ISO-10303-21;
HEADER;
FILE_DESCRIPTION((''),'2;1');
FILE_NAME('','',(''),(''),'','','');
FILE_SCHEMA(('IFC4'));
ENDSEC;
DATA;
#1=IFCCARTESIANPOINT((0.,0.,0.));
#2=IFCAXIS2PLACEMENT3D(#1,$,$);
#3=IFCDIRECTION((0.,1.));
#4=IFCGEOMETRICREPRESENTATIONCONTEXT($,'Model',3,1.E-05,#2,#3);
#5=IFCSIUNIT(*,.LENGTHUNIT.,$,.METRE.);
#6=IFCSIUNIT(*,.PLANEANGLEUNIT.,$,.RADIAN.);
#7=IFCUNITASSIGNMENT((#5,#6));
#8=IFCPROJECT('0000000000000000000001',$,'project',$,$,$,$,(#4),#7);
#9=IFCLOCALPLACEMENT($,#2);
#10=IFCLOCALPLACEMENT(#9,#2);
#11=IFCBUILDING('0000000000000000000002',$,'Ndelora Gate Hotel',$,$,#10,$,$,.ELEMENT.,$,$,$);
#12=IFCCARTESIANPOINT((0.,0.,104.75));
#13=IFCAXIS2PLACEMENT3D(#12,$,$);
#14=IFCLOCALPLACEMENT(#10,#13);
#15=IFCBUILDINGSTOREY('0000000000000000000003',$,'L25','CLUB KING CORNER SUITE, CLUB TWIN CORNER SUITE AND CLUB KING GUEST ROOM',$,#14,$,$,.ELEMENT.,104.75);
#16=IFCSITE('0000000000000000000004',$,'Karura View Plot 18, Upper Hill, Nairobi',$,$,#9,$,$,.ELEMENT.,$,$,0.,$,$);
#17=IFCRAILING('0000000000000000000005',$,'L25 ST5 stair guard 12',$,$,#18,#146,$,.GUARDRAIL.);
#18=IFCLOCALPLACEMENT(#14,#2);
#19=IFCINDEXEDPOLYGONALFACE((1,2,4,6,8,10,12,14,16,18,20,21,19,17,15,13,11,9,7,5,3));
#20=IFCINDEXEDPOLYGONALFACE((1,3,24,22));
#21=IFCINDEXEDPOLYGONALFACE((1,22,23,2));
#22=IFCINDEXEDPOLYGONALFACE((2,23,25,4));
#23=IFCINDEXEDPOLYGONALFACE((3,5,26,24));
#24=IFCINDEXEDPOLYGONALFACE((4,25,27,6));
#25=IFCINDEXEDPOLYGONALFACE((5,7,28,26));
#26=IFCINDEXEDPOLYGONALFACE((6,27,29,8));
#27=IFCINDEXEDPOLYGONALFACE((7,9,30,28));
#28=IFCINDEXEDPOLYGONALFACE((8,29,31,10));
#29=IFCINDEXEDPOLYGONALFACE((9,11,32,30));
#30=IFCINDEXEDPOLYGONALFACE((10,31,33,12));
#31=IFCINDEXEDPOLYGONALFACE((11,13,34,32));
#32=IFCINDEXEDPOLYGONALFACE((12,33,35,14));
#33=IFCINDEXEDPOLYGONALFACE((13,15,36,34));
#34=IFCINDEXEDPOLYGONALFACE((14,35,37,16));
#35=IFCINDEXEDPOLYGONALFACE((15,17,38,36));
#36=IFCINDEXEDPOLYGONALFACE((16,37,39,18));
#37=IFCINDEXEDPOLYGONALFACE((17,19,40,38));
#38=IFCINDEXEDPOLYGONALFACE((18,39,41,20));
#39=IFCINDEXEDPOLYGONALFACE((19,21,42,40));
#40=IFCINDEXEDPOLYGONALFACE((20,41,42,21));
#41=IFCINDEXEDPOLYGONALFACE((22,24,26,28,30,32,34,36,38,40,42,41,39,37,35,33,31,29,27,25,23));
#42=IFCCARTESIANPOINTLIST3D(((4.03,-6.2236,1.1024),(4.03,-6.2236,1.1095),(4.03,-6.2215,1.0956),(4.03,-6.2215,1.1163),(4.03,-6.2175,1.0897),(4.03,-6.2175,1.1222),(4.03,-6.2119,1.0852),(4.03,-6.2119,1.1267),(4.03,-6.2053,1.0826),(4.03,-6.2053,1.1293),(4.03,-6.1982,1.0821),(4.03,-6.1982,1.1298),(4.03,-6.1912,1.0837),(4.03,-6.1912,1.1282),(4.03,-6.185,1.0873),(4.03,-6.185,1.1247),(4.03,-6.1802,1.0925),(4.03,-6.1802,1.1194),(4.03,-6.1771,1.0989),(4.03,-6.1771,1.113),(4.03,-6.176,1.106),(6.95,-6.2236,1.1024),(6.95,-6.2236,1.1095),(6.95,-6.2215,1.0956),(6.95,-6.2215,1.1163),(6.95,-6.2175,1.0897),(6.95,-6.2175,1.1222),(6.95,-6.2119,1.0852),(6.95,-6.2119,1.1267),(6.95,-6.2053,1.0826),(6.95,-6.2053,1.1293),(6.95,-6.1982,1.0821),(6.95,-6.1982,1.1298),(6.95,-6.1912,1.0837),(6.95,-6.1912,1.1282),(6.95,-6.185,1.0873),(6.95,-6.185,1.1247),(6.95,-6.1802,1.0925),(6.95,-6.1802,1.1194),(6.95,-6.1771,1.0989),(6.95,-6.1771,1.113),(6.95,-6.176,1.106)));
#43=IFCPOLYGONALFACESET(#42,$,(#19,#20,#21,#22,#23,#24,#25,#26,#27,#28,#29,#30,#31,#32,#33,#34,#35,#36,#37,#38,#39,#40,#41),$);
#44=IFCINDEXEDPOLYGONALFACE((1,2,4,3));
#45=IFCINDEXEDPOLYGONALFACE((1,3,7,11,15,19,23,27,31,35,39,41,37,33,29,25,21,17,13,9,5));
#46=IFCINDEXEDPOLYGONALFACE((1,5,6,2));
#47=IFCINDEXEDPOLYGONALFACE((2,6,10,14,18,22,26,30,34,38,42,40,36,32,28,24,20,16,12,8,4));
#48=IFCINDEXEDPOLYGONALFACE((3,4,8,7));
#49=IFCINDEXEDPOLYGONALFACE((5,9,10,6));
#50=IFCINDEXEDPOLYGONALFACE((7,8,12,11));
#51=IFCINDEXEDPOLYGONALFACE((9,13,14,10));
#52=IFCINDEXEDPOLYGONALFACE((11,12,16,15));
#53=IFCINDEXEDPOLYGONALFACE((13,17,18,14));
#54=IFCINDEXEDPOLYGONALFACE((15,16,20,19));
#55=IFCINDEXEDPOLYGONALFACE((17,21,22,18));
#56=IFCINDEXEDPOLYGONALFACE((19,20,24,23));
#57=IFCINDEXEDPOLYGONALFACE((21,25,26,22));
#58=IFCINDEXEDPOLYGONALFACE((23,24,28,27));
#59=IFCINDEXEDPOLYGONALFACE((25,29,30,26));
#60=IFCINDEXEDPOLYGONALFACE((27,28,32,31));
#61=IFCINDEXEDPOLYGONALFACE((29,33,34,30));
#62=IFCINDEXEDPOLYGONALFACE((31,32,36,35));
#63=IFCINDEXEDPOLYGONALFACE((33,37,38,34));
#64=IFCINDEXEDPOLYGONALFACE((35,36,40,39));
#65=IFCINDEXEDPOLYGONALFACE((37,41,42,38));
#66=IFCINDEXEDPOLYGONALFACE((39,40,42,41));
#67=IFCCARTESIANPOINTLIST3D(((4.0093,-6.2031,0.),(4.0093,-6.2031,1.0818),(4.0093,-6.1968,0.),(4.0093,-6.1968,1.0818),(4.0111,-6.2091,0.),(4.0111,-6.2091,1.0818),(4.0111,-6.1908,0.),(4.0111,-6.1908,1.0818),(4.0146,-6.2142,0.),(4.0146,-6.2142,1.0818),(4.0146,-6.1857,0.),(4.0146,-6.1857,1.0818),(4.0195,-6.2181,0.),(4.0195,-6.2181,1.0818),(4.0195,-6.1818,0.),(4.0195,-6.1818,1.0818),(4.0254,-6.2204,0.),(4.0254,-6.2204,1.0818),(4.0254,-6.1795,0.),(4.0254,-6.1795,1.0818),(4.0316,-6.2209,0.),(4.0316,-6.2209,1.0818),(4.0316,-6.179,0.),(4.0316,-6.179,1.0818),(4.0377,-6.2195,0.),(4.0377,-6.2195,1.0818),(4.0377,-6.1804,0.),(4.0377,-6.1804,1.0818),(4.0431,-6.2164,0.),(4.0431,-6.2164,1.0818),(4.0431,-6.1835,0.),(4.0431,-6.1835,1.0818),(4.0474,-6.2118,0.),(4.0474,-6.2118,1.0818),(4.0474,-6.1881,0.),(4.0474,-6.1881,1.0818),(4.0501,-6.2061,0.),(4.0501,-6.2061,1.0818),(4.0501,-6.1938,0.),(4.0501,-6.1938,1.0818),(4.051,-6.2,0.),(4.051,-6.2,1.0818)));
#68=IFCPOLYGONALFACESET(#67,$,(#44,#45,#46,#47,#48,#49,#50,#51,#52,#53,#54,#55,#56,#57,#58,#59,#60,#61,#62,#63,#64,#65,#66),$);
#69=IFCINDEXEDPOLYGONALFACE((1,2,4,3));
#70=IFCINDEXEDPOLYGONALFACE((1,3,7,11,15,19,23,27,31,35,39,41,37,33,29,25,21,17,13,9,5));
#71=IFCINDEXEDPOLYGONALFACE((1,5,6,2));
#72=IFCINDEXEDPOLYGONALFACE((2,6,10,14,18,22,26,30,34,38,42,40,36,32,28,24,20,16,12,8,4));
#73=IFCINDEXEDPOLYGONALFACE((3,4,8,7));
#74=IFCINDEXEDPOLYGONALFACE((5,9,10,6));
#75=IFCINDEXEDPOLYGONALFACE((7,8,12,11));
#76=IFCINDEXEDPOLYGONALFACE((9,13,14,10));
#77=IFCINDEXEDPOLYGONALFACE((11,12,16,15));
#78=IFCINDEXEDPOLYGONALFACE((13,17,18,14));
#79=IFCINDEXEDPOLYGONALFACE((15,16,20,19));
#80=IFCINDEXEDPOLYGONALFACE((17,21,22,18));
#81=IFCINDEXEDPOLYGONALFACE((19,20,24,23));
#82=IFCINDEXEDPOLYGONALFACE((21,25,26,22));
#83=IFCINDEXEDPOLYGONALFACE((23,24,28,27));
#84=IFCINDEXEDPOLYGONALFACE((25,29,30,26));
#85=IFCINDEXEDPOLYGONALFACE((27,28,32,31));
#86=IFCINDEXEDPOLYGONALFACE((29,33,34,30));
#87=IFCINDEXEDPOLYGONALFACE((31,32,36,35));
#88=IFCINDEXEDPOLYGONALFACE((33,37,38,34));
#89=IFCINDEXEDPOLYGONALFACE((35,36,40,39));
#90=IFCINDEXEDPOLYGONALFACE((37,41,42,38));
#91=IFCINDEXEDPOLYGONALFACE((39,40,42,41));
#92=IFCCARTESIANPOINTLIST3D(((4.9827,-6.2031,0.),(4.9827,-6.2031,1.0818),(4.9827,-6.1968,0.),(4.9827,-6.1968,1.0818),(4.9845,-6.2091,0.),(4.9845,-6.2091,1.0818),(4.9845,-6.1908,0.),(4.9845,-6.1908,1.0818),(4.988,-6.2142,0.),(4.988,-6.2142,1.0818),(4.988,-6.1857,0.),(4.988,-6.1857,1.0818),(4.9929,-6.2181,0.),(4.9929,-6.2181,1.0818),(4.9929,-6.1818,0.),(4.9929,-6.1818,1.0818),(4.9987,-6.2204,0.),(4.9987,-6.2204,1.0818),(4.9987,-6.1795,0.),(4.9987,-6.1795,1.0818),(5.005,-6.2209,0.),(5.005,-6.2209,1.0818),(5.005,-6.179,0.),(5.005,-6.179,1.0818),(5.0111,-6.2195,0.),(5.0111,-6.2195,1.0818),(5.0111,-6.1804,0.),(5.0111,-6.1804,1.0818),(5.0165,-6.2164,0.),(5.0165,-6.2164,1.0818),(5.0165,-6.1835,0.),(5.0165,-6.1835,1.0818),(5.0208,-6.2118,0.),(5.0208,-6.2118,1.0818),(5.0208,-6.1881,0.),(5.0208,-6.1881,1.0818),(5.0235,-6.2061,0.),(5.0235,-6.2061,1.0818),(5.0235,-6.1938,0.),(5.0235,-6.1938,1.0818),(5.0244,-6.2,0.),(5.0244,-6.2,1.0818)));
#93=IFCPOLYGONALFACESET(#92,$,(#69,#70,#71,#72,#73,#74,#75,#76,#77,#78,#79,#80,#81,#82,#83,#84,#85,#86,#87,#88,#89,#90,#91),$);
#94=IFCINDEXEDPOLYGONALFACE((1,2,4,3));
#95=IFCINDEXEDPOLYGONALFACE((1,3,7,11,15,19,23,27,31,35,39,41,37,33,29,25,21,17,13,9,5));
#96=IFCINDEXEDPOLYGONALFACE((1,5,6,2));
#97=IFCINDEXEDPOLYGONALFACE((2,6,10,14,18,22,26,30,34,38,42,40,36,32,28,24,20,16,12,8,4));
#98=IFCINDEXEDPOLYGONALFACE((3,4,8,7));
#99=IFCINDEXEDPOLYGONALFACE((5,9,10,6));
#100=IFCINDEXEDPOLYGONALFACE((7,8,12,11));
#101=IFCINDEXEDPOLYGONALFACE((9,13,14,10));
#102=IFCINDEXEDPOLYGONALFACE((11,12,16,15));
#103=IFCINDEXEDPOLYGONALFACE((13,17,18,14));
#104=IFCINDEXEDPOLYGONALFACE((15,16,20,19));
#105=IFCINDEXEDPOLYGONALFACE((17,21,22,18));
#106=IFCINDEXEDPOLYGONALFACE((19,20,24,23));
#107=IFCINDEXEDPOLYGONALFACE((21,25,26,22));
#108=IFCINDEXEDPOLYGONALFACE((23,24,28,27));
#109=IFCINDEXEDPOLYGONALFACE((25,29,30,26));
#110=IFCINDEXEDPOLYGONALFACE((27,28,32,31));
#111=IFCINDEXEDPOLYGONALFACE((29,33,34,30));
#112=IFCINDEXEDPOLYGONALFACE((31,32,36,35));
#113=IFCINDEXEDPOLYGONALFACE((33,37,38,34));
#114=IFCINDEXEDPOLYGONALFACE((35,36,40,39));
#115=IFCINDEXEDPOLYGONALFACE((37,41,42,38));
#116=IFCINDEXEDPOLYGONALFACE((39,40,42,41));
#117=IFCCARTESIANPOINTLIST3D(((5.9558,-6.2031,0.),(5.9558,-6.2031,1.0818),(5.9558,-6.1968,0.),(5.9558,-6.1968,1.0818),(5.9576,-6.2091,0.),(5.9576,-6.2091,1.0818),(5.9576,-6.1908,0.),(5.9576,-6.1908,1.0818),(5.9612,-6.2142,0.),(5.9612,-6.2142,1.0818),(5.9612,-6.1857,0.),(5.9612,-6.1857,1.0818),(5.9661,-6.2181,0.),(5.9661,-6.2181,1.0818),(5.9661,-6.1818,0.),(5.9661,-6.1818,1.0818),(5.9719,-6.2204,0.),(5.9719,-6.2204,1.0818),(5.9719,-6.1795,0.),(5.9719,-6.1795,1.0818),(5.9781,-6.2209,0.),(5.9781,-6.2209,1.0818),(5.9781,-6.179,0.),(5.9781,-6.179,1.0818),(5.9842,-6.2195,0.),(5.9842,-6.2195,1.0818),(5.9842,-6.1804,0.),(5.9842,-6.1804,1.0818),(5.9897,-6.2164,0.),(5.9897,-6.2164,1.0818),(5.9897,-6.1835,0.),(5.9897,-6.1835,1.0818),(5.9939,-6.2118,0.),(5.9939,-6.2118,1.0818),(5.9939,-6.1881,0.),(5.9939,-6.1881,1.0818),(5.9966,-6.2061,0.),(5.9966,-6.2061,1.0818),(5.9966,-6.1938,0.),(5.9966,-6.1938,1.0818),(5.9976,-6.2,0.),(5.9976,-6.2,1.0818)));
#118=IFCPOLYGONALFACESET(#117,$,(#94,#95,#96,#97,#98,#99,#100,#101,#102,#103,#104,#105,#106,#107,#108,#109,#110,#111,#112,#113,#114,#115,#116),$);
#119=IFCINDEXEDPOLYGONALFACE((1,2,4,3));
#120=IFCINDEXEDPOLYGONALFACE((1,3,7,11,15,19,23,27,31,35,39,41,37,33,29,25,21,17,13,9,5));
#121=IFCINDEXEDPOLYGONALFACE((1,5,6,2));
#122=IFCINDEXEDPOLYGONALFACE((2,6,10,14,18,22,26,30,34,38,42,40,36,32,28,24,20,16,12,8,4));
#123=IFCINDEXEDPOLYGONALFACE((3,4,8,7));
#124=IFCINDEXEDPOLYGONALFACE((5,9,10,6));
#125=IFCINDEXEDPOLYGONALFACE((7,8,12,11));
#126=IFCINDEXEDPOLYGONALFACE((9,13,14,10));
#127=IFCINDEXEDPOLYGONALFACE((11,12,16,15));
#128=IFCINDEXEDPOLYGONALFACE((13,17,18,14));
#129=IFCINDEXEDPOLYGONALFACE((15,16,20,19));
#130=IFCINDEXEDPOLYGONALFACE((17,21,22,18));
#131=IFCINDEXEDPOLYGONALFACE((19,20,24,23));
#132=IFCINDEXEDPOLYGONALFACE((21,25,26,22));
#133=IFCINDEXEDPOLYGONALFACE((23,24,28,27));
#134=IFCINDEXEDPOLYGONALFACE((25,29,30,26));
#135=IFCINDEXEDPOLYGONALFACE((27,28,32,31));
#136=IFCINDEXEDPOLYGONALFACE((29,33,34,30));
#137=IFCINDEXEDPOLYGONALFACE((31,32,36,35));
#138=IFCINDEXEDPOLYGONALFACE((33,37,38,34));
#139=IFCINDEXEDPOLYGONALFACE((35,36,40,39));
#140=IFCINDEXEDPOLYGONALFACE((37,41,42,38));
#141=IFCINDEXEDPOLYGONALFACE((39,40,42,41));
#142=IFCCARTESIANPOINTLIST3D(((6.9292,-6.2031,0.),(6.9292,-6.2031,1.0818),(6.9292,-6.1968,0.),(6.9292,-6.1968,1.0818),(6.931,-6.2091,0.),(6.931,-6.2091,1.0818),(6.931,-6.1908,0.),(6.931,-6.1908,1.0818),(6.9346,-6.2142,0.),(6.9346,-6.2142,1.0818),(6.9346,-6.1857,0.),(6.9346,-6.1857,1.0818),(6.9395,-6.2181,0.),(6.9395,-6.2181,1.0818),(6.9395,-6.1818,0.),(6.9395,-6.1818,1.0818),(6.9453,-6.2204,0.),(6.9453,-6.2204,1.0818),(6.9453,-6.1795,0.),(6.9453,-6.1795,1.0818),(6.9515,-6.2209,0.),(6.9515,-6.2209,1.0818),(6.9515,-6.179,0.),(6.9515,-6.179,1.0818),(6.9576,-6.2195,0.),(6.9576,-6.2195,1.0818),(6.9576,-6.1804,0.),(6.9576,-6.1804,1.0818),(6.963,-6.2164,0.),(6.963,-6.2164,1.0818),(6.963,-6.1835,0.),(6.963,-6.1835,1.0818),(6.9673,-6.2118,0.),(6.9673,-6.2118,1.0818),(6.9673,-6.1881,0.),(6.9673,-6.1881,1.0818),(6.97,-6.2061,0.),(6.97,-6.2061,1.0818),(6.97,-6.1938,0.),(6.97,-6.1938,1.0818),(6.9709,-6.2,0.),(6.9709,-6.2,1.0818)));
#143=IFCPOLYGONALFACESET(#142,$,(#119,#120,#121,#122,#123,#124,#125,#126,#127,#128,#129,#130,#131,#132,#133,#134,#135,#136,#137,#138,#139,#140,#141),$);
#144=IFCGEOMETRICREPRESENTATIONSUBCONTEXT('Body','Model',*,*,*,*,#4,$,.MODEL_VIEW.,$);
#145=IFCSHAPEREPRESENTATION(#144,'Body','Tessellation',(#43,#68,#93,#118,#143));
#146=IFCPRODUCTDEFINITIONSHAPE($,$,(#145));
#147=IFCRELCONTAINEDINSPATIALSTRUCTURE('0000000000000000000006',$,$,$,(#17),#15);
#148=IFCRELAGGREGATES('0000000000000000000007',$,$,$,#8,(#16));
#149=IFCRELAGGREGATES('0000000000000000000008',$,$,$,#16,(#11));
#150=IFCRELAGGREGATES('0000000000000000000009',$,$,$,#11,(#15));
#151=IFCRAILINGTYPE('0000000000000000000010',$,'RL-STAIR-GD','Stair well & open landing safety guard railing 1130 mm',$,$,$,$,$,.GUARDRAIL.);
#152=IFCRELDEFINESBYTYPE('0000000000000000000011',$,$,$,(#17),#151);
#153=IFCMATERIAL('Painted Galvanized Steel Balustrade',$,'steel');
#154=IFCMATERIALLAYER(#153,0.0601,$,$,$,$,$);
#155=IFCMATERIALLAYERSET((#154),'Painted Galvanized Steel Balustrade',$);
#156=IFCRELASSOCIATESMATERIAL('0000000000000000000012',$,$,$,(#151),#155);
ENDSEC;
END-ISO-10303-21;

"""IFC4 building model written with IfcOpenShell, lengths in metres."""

from ifc_helpers import new_model, si_unit, direction, frame, origin, origin_2d, place, context, subcontext, project, spatial, circle, extrude, material, layer, layer_set, type_object, element, save


model = new_model("IFC4")

# Units and contexts
model_context = context("Model", 3, precision=1e-05, world=origin(), true_north=direction((0.0, 1.0)))
body_context = subcontext(model_context, "Body", "Model", "MODEL_VIEW")
ifc_project = project(units=[si_unit("LENGTHUNIT", "METRE"), si_unit("PLANEANGLEUNIT", "RADIAN")], contexts=[model_context])

# Site, building, storey
site_placement = place(None, origin())
site = spatial("IfcSite", under=ifc_project, at=site_placement, Name="Karura View Plot 18, Upper Hill, Nairobi", CompositionType="ELEMENT", RefElevation=0.0)
building_placement = place(site_placement, origin())
building = spatial("IfcBuilding", under=site, at=building_placement, Name="Ndelora Gate Hotel", CompositionType="ELEMENT")
storey_placement = place(building_placement, frame((0.0, 0.0, 104.75)))
storey = spatial("IfcBuildingStorey", under=building, at=storey_placement, Name="L25", Description="CLUB KING CORNER SUITE, CLUB TWIN CORNER SUITE AND CLUB KING GUEST ROOM", CompositionType="ELEMENT", Elevation=104.75)

# Railing
ifc_material_1 = material(Name="Painted Galvanized Steel Balustrade", Category="steel")
ifc_layer_1 = layer(ifc_material_1, 0.0601)
ifc_layer_set_1 = layer_set([ifc_layer_1], Name="Painted Galvanized Steel Balustrade")
railing_type_1 = type_object("IfcRailingType", Name="RL-STAIR-GD", Description="Stair well & open landing safety guard railing 1130 mm", PredefinedType="GUARDRAIL", material=ifc_layer_set_1)
railing_1_placement = place(storey_placement, frame((4.03, -6.2, 0.0)))
element("IfcRailing", 1, at=railing_1_placement, inside=storey, type_object=railing_type_1, Name="L25 ST5 stair guard 12", PredefinedType="GUARDRAIL", context=body_context, shape_type="SweptSolid", body=[
    extrude(circle(Radius=0.0239, at=origin_2d()), frame((0.0, 0.0, 1.106), z_axis=(1.0, 0.0, 0.0), x_axis=(0.0, 1.0, 0.0)), (0.0, 0.0, 1.0), 2.9199),
    extrude(circle(Radius=0.021, at=origin_2d()), origin(), (0.0, 0.0, 1.0), 1.0818),
    extrude(circle(Radius=0.021, at=origin_2d()), frame((0.9734, 0.0, 0.0)), (0.0, 0.0, 1.0), 1.0818),
    extrude(circle(Radius=0.021, at=origin_2d()), frame((1.9465, 0.0, 0.0)), (0.0, 0.0, 1.0), 1.0818),
    extrude(circle(Radius=0.021, at=origin_2d()), frame((2.9199, 0.0, 0.0)), (0.0, 0.0, 1.0), 1.0818),
])

save(model, "model.ifc")
